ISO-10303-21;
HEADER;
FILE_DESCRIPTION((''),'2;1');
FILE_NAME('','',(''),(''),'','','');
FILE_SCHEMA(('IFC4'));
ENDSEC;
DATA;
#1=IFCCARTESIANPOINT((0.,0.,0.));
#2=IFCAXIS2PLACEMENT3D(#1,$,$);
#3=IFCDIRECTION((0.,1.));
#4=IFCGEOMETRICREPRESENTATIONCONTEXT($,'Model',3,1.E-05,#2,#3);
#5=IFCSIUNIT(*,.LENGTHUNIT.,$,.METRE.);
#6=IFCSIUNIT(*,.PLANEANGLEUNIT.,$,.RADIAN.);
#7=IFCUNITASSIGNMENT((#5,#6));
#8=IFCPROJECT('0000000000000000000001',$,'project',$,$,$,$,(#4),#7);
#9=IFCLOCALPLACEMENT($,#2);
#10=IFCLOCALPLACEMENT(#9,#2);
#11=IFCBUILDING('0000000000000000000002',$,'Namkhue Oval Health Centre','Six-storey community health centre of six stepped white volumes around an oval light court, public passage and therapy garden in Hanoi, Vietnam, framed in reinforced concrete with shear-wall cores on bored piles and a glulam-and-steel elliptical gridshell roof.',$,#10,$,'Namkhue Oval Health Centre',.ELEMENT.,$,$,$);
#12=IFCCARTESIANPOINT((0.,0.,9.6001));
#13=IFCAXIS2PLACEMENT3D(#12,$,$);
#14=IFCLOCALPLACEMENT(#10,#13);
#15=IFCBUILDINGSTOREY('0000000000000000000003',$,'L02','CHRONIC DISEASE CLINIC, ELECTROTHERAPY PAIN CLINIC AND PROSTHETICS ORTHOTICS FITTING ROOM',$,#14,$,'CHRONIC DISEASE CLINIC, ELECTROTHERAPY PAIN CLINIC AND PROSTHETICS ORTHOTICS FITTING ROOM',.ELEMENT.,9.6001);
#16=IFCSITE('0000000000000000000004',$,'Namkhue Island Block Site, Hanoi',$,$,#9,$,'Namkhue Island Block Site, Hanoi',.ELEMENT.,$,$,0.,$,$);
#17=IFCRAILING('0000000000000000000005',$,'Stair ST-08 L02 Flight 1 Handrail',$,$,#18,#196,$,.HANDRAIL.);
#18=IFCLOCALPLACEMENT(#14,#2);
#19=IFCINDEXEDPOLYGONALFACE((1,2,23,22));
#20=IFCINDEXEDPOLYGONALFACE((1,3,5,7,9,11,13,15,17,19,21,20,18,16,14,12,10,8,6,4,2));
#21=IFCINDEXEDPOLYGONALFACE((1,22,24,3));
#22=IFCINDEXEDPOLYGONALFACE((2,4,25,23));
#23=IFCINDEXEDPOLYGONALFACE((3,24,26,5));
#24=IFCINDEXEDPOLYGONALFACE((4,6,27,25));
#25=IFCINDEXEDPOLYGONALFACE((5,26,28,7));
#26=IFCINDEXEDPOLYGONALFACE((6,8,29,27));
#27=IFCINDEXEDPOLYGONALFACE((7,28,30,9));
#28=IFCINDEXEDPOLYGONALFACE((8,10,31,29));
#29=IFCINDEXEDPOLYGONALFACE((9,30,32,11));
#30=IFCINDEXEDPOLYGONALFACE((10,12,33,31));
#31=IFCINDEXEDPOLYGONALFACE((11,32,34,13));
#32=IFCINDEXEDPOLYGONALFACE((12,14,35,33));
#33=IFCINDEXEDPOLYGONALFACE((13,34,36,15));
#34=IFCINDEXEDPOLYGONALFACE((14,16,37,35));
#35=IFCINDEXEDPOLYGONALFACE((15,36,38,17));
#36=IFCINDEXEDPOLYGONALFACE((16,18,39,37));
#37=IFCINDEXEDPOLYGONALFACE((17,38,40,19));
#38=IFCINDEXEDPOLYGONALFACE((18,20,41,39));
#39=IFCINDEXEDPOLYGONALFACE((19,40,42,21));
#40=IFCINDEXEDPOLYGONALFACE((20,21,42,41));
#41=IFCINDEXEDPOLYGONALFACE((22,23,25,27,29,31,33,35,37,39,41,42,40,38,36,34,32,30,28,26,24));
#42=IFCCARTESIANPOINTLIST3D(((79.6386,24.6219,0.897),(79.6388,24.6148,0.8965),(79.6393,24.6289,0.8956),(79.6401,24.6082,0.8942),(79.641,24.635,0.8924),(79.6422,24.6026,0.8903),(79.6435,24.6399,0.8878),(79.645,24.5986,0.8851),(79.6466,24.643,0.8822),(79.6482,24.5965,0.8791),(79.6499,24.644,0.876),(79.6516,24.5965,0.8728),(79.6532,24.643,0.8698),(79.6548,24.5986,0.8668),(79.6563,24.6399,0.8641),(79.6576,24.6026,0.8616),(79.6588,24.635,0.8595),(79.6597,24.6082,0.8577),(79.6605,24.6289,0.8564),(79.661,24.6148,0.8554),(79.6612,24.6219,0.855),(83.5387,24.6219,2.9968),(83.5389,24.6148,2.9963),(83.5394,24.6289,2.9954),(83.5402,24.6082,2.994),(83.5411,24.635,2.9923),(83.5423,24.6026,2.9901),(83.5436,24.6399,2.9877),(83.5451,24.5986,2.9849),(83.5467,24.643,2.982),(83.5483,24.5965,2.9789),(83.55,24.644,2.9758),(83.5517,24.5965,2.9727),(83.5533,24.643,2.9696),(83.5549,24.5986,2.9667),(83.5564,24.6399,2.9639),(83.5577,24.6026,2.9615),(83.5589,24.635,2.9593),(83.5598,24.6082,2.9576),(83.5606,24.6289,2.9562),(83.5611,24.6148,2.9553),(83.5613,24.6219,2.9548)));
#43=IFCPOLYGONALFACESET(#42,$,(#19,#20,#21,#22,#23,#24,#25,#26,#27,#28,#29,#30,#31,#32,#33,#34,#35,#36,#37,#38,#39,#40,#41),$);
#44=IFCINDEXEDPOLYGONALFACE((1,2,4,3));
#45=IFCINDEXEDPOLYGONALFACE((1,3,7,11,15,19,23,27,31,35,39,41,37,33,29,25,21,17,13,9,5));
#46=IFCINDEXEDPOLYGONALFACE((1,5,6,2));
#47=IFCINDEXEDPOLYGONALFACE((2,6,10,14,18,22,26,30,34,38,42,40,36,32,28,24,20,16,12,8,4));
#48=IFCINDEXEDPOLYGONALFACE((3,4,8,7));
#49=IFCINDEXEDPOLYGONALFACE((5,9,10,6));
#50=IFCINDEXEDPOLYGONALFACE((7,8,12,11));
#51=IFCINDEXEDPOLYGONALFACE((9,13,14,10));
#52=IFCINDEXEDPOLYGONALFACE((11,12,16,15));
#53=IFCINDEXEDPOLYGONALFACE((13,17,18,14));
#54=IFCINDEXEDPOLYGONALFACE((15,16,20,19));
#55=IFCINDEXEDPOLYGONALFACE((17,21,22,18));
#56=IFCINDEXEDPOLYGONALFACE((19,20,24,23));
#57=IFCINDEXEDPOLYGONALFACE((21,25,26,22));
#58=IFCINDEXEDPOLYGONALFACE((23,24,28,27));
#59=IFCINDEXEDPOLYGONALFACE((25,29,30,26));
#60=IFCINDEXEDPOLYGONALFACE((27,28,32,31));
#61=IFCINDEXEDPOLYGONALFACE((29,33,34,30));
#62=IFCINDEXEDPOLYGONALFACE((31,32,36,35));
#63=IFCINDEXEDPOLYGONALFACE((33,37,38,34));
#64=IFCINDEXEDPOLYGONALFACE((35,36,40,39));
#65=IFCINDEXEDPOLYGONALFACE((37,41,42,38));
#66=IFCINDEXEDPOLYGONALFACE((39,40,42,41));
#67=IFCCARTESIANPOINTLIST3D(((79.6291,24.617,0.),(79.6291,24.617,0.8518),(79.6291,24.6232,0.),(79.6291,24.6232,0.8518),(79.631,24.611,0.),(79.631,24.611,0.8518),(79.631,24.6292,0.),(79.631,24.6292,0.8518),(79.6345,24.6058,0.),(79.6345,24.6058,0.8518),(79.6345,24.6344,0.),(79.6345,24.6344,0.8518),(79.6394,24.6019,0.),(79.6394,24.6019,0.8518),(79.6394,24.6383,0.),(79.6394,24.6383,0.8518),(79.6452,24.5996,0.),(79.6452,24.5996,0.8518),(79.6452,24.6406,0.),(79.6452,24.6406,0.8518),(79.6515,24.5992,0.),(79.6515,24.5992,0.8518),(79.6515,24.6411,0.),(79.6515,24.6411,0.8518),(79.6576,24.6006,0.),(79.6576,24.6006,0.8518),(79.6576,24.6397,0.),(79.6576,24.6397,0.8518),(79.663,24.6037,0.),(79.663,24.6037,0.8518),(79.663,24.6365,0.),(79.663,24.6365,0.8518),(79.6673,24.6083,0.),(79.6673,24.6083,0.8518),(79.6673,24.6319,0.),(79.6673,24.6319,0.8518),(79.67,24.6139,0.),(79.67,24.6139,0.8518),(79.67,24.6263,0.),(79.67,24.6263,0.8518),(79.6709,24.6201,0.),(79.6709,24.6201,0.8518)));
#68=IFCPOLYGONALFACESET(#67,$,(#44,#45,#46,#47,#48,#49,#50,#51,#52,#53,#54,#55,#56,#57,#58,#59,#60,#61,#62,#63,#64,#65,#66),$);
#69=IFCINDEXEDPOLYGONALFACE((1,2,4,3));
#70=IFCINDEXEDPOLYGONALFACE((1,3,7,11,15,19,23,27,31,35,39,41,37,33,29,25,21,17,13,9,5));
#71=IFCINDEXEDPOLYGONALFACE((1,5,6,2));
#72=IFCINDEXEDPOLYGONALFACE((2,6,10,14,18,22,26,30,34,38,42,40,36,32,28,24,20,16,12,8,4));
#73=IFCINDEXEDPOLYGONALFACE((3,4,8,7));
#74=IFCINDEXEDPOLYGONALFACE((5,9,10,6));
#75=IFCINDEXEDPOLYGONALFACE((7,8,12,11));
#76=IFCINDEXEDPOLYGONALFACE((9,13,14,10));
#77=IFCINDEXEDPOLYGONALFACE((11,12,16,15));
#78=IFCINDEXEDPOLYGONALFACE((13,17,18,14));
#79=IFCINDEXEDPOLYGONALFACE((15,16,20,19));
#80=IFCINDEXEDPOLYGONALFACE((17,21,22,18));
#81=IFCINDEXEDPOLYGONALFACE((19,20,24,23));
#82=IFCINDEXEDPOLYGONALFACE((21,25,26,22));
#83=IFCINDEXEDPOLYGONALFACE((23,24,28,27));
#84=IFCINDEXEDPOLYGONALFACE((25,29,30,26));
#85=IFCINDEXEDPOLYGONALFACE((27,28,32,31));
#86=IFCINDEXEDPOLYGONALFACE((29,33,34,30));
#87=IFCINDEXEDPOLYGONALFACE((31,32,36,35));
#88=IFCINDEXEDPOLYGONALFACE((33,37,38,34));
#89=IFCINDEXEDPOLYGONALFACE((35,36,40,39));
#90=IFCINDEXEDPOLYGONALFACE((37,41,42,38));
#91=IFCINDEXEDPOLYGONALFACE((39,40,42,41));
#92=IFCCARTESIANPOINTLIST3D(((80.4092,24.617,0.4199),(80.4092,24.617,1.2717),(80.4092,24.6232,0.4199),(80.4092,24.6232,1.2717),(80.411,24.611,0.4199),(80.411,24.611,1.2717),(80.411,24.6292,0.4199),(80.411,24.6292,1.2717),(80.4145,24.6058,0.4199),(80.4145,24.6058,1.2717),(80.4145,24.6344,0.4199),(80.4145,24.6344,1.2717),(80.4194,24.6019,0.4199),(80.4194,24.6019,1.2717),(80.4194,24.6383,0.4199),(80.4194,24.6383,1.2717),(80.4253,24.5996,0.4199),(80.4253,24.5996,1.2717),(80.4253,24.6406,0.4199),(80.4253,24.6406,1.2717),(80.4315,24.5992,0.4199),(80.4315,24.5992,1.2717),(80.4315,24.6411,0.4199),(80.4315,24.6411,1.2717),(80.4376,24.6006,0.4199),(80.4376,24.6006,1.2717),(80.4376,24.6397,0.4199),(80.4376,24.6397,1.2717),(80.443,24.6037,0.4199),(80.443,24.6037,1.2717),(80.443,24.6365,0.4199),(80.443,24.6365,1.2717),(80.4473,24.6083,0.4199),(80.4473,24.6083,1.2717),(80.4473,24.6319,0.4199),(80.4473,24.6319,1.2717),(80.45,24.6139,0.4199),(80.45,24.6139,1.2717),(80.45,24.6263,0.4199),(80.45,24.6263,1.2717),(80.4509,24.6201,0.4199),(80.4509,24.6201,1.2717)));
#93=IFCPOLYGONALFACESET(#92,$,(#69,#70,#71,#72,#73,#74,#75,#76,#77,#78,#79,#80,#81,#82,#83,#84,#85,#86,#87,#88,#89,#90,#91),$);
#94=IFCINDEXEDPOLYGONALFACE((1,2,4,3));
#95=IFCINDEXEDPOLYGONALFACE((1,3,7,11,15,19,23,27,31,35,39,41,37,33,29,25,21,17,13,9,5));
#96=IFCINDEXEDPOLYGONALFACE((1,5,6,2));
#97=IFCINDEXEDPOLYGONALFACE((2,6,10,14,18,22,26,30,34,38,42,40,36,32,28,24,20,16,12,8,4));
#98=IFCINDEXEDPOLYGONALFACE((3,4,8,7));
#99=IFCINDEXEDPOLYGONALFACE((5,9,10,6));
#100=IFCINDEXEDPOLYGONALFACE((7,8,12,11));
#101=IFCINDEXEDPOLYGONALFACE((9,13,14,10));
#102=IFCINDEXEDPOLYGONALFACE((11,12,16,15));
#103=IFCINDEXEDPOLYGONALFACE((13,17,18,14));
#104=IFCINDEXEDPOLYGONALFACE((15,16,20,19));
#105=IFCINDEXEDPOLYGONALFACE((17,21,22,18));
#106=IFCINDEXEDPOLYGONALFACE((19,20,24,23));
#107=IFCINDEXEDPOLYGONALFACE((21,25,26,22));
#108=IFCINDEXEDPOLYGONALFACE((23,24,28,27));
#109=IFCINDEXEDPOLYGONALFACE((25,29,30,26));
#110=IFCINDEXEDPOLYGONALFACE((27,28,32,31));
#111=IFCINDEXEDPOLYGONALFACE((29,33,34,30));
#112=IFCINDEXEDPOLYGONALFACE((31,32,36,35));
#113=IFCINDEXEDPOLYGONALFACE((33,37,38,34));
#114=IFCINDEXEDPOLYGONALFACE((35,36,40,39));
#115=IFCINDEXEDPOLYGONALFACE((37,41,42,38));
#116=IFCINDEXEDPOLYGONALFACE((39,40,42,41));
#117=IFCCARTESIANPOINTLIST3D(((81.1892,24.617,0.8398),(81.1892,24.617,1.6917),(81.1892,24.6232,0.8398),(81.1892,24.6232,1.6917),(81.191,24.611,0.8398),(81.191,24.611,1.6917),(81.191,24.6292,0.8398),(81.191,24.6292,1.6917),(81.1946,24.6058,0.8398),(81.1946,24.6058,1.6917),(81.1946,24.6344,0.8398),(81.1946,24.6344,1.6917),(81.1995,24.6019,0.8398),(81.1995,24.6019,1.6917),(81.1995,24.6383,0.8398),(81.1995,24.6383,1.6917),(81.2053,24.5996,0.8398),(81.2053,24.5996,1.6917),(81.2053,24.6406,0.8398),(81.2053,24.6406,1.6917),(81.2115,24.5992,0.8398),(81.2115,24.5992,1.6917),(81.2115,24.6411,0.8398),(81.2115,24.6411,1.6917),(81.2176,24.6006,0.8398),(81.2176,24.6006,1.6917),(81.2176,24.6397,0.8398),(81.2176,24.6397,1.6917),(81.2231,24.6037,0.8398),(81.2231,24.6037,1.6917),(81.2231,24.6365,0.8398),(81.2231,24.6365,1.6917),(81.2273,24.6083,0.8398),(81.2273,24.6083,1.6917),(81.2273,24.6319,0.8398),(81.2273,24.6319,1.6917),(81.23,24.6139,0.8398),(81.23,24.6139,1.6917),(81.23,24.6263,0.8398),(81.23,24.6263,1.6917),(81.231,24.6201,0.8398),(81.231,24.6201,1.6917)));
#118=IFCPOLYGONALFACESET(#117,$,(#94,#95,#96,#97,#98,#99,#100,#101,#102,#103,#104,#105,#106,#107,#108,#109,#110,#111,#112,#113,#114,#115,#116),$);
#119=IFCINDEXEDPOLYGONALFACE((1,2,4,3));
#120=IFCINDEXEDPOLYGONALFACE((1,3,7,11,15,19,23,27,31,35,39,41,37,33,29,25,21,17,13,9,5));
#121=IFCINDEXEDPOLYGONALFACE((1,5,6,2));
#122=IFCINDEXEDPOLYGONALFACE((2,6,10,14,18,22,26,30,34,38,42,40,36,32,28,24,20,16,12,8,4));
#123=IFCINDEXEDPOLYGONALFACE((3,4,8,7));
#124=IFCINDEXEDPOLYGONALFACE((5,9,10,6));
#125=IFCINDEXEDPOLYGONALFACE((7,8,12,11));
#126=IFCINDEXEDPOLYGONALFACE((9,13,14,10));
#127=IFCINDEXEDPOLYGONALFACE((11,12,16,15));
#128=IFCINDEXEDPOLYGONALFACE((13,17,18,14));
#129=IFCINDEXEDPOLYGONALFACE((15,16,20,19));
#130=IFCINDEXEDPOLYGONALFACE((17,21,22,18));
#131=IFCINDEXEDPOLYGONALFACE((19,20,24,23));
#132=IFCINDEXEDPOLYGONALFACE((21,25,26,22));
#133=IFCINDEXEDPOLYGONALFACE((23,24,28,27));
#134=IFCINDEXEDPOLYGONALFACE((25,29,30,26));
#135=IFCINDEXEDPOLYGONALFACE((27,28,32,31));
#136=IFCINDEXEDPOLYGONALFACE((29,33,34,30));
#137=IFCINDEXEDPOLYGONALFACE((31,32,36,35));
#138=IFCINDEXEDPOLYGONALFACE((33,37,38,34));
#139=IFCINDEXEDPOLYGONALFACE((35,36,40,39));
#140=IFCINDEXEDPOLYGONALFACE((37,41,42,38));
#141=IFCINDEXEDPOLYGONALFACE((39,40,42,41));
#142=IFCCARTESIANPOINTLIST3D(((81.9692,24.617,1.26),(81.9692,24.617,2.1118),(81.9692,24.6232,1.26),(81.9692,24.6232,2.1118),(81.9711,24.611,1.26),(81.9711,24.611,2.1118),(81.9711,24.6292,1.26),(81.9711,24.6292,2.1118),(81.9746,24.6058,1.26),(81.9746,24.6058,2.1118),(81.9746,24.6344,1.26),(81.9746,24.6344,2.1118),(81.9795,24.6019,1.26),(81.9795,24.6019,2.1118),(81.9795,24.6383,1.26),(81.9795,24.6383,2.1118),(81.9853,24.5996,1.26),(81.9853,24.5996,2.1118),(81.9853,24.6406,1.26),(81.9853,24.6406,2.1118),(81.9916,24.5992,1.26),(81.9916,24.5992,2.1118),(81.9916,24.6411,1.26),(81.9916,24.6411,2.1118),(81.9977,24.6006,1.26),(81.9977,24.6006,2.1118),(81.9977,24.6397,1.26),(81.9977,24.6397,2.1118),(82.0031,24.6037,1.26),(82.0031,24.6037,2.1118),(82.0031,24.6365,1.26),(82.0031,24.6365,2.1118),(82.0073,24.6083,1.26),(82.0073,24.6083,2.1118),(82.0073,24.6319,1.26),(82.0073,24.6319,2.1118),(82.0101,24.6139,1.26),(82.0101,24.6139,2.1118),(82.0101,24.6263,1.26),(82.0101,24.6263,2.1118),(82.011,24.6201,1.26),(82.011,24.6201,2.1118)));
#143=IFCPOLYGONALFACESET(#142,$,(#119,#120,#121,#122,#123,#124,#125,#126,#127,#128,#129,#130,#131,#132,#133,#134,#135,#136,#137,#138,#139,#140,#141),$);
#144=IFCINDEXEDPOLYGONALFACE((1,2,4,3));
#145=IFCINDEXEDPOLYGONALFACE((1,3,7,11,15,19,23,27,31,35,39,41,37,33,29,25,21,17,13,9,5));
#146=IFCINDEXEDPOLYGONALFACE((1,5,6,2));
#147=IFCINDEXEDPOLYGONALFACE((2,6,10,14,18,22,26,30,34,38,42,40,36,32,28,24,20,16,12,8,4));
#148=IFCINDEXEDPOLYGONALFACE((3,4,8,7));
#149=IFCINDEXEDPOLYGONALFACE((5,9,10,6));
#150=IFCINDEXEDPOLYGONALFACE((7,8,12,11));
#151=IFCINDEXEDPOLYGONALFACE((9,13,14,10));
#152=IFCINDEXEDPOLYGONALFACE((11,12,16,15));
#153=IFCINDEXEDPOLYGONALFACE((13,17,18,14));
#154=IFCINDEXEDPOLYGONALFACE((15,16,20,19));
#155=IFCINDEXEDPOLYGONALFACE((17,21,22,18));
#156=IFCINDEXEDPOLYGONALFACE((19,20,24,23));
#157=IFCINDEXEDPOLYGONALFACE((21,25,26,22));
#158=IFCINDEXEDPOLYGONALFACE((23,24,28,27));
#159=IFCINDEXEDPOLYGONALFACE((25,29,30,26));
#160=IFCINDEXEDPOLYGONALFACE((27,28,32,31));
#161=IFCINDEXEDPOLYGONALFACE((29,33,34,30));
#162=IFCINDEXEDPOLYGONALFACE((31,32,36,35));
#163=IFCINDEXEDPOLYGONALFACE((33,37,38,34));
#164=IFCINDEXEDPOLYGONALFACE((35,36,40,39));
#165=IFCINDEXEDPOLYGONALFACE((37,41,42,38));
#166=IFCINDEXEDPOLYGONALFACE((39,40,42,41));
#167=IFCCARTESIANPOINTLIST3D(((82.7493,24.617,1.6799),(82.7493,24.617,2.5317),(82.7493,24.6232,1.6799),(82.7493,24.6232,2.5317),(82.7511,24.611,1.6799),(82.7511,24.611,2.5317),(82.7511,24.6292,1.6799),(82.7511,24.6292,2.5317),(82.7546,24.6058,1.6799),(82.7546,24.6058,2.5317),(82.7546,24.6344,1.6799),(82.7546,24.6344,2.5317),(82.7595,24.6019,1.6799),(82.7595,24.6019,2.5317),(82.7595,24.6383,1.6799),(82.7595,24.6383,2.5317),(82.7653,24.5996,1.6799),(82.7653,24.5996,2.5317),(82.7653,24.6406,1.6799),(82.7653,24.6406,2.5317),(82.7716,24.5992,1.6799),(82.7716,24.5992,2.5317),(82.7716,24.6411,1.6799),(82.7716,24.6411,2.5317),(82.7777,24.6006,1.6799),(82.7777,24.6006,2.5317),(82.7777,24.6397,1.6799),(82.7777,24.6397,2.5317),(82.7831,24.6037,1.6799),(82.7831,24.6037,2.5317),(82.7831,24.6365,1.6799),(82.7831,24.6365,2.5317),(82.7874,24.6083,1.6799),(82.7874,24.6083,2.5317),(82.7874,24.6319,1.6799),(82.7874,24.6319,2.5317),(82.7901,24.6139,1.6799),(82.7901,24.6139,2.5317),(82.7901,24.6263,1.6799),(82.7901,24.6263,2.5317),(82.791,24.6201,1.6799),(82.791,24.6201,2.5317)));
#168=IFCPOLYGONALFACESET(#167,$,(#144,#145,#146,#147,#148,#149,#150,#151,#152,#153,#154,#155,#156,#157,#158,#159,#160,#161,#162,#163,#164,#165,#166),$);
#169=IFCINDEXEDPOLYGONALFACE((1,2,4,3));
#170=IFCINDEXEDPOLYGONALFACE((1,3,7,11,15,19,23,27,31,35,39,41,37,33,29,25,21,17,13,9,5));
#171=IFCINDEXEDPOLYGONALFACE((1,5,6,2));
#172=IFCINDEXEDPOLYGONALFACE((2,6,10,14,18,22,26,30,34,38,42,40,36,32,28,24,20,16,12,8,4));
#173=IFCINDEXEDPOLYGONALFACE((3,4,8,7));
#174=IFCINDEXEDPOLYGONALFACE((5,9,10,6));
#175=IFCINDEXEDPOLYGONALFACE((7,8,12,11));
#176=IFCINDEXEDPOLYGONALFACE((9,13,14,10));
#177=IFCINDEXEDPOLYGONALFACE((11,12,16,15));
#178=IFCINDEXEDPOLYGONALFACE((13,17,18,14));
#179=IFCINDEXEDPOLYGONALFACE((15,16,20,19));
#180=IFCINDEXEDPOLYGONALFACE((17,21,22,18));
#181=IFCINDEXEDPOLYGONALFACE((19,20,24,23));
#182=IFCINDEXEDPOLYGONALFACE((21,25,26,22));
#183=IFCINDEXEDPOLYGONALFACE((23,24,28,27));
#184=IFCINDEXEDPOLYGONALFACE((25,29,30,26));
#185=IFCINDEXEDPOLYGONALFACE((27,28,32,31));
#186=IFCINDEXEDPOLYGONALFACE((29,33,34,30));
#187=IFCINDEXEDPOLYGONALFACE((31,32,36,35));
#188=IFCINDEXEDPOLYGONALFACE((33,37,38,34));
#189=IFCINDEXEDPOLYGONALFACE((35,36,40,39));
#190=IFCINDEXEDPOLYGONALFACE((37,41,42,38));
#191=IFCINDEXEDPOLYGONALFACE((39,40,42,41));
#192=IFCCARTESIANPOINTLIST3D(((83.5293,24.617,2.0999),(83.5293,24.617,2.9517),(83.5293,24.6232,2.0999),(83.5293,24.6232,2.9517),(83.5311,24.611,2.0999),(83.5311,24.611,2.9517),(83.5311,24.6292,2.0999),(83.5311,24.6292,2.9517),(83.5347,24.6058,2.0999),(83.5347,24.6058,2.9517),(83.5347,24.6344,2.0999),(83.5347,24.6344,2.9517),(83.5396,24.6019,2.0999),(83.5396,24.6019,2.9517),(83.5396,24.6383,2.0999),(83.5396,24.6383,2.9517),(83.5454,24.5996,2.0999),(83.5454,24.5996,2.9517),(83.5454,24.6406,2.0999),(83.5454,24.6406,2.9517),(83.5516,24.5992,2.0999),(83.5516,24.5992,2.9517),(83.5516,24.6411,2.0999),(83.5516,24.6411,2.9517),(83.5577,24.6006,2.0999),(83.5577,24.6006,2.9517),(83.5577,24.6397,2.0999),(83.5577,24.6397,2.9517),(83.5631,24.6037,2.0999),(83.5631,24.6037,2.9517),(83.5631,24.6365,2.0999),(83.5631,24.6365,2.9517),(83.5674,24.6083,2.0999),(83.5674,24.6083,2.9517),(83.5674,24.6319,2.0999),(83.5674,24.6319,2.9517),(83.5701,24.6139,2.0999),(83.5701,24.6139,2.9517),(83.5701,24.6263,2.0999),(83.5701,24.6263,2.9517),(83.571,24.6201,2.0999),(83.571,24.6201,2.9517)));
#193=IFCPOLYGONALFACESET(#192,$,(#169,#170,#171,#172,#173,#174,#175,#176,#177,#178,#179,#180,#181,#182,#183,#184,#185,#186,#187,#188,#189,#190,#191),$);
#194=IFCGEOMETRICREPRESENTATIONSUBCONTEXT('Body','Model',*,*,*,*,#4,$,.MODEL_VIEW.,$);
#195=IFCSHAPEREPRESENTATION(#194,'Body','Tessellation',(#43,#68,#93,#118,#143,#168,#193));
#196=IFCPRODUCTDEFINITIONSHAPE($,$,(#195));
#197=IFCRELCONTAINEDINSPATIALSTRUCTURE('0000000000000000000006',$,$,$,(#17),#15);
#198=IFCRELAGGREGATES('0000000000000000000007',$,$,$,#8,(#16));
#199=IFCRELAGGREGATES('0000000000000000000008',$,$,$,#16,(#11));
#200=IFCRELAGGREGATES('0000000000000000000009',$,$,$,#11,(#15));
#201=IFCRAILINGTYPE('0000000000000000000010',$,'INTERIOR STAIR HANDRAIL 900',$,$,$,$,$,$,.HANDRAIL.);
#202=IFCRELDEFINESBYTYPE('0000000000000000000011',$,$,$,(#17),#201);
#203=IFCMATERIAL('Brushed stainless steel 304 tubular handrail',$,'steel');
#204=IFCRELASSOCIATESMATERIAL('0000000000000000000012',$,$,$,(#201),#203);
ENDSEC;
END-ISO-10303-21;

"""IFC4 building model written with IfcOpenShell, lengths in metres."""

from ifc_helpers import new_model, si_unit, direction, frame, origin, origin_2d, place, context, subcontext, project, spatial, circle, extrude, material, type_object, element, save


model = new_model("IFC4")

# Units and contexts
model_context = context("Model", 3, precision=1e-05, world=origin(), true_north=direction((0.0, 1.0)))
body_context = subcontext(model_context, "Body", "Model", "MODEL_VIEW")
ifc_project = project(units=[si_unit("LENGTHUNIT", "METRE"), si_unit("PLANEANGLEUNIT", "RADIAN")], contexts=[model_context])

# Site, building, storey
site_placement = place(None, origin())
site = spatial("IfcSite", under=ifc_project, at=site_placement, Name="Namkhue Island Block Site, Hanoi", LongName="Namkhue Island Block Site, Hanoi", CompositionType="ELEMENT", RefElevation=0.0)
building_placement = place(site_placement, origin())
building = spatial("IfcBuilding", under=site, at=building_placement, Name="Namkhue Oval Health Centre", Description="Six-storey community health centre of six stepped white volumes around an oval light court, public passage and therapy garden in Hanoi, Vietnam, framed in reinforced concrete with shear-wall cores on bored piles and a glulam-and-steel elliptical gridshell roof.", LongName="Namkhue Oval Health Centre", CompositionType="ELEMENT")
storey_placement = place(building_placement, frame((0.0, 0.0, 9.6001)))
storey = spatial("IfcBuildingStorey", under=building, at=storey_placement, Name="L02", Description="CHRONIC DISEASE CLINIC, ELECTROTHERAPY PAIN CLINIC AND PROSTHETICS ORTHOTICS FITTING ROOM", LongName="CHRONIC DISEASE CLINIC, ELECTROTHERAPY PAIN CLINIC AND PROSTHETICS ORTHOTICS FITTING ROOM", CompositionType="ELEMENT", Elevation=9.6001)

# Railing
ifc_material_1 = material(Name="Brushed stainless steel 304 tubular handrail", Category="steel")
railing_type_1 = type_object("IfcRailingType", Name="INTERIOR STAIR HANDRAIL 900", PredefinedType="HANDRAIL", material=ifc_material_1)
railing_1_placement = place(storey_placement, frame((79.6499, 24.6201, 0.0)))
element("IfcRailing", 1, at=railing_1_placement, inside=storey, type_object=railing_type_1, Name="Stair ST-08 L02 Flight 1 Handrail", PredefinedType="HANDRAIL", context=body_context, shape_type="SweptSolid", body=[
    extrude(circle(Radius=0.0239, at=origin_2d()), frame((0.0, 0.0, 0.876), z_axis=(0.880492, 0.0, 0.47406), x_axis=(0.0, 1.0, 0.0)), (0.0, 0.0, 1.0), 4.4294),
    extrude(circle(Radius=0.021, at=origin_2d()), origin(), (0.0, 0.0, 1.0), 0.8518),
    extrude(circle(Radius=0.021, at=origin_2d()), frame((0.78, 0.0, 0.4199)), (0.0, 0.0, 1.0), 0.8518),
    extrude(circle(Radius=0.021, at=origin_2d()), frame((1.5601, 0.0, 0.8398)), (0.0, 0.0, 1.0), 0.8518),
    extrude(circle(Radius=0.021, at=origin_2d()), frame((2.3401, 0.0, 1.26)), (0.0, 0.0, 1.0), 0.8518),
    extrude(circle(Radius=0.021, at=origin_2d()), frame((3.1201, 0.0, 1.6799)), (0.0, 0.0, 1.0), 0.8518),
    extrude(circle(Radius=0.021, at=origin_2d()), frame((3.9001, 0.0, 2.0999)), (0.0, 0.0, 1.0), 0.8518),
])

save(model, "model.ifc")
